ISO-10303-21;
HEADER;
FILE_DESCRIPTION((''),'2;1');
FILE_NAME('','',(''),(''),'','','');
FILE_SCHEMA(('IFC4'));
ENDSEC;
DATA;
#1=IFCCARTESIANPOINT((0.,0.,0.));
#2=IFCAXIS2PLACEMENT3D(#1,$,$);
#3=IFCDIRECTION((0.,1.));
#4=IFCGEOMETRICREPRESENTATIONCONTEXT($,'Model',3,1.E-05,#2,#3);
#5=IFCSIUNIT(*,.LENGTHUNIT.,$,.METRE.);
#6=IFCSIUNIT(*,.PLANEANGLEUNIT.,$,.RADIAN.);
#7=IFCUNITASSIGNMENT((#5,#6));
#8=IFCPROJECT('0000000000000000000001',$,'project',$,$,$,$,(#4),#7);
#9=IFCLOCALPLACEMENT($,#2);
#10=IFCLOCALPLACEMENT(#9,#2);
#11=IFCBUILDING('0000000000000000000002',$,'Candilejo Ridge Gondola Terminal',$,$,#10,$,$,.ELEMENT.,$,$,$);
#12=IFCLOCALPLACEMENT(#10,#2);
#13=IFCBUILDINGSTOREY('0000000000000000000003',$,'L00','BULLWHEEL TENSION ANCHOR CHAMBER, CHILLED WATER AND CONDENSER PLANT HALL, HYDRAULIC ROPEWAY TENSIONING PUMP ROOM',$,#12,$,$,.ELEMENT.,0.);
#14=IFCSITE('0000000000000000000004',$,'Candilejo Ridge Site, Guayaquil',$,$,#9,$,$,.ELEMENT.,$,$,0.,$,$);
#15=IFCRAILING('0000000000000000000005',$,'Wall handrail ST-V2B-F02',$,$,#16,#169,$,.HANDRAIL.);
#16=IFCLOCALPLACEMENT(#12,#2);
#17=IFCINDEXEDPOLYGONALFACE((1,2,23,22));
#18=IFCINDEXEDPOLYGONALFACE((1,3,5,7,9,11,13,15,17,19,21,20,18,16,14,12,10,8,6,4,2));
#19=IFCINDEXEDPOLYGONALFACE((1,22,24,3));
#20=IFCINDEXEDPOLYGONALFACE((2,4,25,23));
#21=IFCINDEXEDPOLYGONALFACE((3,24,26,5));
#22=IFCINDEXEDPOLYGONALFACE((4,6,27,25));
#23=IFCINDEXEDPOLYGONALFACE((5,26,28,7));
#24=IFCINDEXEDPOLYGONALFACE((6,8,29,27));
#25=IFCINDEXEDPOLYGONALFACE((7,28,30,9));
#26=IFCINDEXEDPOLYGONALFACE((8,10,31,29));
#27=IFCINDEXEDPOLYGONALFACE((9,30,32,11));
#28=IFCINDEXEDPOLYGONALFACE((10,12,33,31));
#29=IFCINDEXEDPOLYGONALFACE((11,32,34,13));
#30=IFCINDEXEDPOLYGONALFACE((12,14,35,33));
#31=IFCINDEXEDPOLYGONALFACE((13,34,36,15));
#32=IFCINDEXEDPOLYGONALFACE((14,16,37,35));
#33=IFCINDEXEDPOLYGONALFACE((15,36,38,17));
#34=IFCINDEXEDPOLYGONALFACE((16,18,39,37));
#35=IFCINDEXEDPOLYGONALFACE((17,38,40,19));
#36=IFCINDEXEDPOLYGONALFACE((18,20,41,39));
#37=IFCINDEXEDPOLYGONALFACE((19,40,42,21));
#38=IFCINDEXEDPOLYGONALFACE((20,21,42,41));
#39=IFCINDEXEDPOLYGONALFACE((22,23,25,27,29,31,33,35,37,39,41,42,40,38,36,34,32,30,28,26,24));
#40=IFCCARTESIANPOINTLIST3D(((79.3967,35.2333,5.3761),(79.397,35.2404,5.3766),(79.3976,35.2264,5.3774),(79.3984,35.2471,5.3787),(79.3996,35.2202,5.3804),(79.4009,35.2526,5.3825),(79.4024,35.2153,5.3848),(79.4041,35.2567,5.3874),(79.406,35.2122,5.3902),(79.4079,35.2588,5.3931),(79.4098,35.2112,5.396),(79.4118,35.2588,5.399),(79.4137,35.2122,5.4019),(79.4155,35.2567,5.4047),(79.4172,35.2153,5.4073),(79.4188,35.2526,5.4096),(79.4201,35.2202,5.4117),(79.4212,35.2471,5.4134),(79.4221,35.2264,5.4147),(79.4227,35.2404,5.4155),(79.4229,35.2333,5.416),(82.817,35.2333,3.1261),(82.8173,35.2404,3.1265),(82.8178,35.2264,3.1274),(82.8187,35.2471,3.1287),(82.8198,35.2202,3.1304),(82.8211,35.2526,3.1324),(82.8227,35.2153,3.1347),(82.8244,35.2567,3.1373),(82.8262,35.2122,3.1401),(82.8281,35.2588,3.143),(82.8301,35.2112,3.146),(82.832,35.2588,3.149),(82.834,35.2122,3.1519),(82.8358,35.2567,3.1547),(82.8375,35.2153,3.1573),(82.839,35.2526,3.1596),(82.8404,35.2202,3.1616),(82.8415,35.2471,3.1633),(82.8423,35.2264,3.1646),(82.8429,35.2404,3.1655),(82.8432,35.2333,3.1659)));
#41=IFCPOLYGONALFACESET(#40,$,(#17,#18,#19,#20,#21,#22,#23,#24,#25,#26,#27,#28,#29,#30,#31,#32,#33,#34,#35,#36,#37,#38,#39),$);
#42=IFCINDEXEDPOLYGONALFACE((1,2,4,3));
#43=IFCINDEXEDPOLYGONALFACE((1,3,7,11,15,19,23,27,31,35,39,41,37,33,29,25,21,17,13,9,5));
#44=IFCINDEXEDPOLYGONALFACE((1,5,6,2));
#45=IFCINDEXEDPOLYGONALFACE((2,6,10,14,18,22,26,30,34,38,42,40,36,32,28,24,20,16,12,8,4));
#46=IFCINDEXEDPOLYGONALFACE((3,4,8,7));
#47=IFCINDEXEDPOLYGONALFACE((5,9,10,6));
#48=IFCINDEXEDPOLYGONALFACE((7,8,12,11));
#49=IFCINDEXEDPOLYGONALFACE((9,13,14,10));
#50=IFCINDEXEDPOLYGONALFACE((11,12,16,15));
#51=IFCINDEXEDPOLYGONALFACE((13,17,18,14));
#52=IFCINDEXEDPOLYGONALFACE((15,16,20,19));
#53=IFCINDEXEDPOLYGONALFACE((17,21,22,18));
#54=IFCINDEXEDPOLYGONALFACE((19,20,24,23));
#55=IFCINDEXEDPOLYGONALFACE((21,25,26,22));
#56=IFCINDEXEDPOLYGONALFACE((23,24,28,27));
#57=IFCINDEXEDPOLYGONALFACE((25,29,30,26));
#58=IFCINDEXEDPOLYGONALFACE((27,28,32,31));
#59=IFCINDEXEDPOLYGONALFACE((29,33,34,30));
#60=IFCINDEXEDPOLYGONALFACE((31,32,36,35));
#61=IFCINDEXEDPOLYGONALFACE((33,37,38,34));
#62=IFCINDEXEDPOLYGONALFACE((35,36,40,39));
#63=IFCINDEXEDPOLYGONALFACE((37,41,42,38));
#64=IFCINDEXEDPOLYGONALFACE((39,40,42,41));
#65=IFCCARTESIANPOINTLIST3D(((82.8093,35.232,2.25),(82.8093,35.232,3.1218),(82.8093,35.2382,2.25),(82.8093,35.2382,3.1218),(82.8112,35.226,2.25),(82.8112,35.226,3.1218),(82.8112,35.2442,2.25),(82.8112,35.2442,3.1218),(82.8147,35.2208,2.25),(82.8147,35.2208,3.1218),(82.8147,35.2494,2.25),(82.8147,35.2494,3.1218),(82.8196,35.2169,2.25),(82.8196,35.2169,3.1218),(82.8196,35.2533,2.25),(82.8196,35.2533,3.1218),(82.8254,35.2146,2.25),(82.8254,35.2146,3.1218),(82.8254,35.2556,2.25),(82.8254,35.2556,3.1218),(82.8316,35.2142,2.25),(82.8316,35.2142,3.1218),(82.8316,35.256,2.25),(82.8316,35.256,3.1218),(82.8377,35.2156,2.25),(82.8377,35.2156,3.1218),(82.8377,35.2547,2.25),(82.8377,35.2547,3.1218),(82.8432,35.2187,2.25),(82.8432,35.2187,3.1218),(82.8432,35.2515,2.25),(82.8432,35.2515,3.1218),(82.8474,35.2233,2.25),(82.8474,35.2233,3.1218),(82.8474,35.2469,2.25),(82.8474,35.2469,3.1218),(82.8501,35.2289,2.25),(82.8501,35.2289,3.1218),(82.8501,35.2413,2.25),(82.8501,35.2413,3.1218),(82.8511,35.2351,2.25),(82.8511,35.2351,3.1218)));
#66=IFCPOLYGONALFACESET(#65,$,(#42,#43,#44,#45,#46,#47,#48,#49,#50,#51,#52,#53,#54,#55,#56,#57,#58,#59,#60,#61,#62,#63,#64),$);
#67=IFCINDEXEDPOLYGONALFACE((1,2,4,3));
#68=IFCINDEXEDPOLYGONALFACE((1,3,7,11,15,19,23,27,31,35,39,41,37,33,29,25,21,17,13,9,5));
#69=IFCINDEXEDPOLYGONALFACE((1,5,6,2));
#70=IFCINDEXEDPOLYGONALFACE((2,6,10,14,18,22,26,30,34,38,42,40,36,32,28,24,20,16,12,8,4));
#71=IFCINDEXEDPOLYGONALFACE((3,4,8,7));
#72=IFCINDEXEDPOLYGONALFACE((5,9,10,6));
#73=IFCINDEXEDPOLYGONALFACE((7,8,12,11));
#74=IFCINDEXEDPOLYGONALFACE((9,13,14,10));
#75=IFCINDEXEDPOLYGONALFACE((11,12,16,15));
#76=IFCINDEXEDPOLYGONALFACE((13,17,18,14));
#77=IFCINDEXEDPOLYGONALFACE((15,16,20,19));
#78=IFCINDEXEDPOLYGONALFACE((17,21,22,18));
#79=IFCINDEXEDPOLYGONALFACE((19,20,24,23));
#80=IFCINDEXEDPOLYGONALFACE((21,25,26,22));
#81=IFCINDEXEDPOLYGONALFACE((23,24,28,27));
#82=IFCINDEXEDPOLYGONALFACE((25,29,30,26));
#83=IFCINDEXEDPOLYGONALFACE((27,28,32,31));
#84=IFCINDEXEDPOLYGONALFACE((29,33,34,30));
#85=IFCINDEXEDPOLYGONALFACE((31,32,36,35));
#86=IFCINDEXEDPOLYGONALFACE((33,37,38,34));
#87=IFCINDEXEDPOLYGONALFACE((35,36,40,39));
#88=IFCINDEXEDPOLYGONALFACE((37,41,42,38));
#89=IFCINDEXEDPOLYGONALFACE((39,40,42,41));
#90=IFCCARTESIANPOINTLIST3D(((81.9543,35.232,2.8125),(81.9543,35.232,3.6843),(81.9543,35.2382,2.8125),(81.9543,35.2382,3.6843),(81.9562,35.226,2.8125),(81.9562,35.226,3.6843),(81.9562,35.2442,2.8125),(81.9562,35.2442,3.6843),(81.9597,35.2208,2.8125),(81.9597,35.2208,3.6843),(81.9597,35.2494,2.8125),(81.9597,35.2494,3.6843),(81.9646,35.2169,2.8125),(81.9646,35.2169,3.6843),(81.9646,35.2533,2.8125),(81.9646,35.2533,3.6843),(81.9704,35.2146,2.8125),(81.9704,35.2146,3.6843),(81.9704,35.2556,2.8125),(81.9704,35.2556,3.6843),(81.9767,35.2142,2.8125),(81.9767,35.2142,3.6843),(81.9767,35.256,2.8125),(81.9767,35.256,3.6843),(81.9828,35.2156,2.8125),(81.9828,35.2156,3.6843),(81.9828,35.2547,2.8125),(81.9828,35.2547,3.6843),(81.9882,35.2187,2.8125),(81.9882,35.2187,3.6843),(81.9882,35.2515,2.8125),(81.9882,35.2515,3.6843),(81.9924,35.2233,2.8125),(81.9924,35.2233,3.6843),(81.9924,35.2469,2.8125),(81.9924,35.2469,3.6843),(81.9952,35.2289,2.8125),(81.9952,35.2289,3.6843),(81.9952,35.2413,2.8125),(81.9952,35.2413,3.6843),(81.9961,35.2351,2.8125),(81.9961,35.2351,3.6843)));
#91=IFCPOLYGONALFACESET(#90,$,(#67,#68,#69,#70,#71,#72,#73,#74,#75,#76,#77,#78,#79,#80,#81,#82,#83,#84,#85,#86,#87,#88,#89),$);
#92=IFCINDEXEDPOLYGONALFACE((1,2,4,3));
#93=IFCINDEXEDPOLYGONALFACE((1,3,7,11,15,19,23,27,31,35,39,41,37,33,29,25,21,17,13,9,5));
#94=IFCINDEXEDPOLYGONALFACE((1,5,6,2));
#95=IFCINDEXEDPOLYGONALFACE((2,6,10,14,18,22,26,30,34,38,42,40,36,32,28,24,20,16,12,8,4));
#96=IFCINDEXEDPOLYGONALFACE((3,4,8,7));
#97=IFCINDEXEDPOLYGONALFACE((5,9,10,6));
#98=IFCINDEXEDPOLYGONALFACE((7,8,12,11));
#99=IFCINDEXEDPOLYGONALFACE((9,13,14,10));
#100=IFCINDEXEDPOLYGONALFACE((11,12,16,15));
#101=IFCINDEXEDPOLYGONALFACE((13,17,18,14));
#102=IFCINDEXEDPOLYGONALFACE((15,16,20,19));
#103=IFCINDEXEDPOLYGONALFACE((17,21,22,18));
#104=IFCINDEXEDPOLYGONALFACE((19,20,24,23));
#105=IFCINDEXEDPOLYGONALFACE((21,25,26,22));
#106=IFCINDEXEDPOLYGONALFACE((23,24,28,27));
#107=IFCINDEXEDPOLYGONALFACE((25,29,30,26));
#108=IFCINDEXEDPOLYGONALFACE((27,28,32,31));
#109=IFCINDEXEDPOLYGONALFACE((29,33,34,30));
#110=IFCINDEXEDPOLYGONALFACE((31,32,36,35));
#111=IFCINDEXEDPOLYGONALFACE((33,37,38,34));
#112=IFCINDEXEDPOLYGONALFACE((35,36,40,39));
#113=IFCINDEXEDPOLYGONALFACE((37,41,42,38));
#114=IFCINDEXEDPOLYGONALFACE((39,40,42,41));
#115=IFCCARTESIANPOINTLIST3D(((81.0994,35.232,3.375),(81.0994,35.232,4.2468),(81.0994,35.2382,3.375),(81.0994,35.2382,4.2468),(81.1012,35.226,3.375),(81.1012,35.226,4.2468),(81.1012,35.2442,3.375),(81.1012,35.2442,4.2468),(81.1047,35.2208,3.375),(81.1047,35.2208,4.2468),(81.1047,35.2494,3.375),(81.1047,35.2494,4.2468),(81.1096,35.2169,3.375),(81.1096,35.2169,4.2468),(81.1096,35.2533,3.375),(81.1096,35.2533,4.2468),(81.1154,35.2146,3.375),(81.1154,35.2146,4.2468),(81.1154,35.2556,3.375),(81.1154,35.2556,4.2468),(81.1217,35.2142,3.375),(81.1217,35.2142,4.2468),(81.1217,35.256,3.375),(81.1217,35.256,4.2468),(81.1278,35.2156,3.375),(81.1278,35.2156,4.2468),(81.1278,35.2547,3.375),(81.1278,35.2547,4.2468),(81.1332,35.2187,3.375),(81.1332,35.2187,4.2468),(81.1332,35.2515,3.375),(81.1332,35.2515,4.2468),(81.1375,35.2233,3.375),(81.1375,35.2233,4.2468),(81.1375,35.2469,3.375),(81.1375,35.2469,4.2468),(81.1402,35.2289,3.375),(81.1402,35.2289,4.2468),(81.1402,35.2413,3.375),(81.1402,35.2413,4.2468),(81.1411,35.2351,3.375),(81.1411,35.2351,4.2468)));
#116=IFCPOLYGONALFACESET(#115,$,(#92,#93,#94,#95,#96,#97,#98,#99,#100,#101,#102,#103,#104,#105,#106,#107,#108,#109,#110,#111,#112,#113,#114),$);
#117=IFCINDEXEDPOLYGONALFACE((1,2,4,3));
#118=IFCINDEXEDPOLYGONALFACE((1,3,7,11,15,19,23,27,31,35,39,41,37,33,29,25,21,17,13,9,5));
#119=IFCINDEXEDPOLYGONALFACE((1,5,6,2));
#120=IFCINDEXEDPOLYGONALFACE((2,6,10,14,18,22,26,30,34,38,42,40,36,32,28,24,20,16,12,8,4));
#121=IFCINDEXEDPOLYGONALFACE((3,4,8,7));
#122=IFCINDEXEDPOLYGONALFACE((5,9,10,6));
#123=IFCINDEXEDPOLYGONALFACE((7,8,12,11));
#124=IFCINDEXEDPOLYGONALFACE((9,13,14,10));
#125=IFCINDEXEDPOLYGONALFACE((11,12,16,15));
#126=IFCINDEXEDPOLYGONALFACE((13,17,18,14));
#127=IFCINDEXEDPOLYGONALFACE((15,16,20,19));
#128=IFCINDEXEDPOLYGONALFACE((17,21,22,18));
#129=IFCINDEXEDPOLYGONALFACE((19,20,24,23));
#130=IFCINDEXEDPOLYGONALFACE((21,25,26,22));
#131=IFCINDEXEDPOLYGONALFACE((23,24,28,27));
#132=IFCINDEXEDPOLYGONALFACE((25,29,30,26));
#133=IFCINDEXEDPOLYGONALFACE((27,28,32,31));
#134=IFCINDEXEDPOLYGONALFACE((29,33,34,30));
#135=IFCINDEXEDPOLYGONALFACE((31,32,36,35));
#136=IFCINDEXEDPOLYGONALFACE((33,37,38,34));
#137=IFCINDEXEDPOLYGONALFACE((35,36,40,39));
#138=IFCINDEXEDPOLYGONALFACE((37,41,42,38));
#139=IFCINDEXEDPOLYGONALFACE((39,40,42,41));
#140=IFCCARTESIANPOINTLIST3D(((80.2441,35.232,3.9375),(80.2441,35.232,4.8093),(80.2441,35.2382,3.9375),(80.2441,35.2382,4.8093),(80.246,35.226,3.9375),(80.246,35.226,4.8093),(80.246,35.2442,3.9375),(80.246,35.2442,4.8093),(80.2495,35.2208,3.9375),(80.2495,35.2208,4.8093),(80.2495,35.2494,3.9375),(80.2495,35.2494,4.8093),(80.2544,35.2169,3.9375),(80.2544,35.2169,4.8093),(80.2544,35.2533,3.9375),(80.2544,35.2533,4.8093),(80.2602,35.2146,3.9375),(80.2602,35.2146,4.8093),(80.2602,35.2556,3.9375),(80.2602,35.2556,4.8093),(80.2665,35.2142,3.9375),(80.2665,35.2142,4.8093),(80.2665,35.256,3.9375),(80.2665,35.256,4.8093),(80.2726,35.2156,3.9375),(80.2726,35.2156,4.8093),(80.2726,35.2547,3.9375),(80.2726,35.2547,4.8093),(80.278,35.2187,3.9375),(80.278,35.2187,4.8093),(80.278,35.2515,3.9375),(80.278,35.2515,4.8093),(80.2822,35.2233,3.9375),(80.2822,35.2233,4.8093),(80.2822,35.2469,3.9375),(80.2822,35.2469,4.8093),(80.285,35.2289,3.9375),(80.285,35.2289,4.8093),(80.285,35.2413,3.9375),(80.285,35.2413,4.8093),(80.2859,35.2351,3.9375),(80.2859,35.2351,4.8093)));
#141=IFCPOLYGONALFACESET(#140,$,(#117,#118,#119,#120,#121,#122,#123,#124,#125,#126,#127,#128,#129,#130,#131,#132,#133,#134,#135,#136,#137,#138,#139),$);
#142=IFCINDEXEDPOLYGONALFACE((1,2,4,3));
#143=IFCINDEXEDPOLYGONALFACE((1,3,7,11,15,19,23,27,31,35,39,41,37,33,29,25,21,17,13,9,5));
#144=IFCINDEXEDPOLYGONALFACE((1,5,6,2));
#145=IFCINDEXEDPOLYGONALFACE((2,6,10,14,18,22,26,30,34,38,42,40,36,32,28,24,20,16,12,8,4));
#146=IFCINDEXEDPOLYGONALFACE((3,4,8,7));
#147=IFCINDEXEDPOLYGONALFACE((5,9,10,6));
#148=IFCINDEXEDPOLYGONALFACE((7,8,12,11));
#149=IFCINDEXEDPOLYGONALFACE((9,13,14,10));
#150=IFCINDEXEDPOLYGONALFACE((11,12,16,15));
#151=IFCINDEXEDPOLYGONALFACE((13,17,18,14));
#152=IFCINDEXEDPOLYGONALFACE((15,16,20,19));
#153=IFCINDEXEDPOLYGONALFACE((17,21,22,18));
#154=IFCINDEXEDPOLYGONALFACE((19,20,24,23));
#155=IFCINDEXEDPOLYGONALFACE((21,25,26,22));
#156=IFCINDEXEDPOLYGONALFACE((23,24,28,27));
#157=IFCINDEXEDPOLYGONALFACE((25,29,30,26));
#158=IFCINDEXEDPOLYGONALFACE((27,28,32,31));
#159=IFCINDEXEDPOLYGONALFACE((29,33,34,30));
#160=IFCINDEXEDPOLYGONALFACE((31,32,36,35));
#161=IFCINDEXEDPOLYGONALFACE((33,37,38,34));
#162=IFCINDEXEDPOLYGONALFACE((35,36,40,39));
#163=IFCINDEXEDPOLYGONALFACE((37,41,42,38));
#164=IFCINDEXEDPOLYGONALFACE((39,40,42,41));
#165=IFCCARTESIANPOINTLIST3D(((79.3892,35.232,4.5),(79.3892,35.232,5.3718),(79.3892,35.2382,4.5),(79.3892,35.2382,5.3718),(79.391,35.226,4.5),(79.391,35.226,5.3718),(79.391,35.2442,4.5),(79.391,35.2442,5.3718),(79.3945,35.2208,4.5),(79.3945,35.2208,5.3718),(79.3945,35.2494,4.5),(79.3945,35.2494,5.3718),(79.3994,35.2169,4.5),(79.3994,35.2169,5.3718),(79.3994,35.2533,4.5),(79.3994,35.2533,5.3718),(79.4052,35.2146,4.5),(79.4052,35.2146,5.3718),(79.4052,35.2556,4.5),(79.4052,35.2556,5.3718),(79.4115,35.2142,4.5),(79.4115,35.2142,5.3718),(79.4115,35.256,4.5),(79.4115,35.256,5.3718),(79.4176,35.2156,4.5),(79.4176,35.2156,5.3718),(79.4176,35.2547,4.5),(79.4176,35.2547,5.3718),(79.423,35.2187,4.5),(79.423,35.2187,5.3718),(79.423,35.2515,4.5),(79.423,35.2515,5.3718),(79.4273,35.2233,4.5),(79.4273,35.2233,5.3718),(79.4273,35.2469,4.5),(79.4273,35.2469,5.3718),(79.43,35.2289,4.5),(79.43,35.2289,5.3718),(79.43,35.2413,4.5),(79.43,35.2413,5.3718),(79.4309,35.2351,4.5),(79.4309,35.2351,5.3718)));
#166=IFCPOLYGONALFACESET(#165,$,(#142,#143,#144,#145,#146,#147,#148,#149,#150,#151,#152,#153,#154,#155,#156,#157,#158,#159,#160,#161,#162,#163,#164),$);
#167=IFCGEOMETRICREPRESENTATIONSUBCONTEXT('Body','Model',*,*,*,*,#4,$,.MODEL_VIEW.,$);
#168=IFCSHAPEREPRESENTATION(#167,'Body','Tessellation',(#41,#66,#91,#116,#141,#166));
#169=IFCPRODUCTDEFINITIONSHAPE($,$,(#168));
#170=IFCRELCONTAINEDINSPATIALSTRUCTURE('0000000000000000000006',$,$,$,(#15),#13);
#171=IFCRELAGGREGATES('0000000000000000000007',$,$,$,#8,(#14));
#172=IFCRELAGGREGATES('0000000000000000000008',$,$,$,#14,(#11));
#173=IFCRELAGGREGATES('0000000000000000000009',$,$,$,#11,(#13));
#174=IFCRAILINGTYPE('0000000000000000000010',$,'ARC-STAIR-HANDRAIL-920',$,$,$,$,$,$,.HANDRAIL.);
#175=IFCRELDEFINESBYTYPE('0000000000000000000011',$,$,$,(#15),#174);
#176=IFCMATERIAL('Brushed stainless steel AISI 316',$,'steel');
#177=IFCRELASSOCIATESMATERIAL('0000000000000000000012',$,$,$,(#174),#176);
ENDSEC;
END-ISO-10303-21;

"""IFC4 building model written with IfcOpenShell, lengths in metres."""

from ifc_helpers import new_model, si_unit, direction, frame, origin, origin_2d, place, context, subcontext, project, spatial, circle, extrude, material, type_object, element, save


model = new_model("IFC4")

# Units and contexts
model_context = context("Model", 3, precision=1e-05, world=origin(), true_north=direction((0.0, 1.0)))
body_context = subcontext(model_context, "Body", "Model", "MODEL_VIEW")
ifc_project = project(units=[si_unit("LENGTHUNIT", "METRE"), si_unit("PLANEANGLEUNIT", "RADIAN")], contexts=[model_context])

# Site, building, storey
site_placement = place(None, origin())
site = spatial("IfcSite", under=ifc_project, at=site_placement, Name="Candilejo Ridge Site, Guayaquil", CompositionType="ELEMENT", RefElevation=0.0)
building_placement = place(site_placement, origin())
building = spatial("IfcBuilding", under=site, at=building_placement, Name="Candilejo Ridge Gondola Terminal", CompositionType="ELEMENT")
storey_placement = place(building_placement, origin())
storey = spatial("IfcBuildingStorey", under=building, at=storey_placement, Name="L00", Description="BULLWHEEL TENSION ANCHOR CHAMBER, CHILLED WATER AND CONDENSER PLANT HALL, HYDRAULIC ROPEWAY TENSIONING PUMP ROOM", CompositionType="ELEMENT", Elevation=0.0)

# Railing
ifc_material_1 = material(Name="Brushed stainless steel AISI 316", Category="steel")
railing_type_1 = type_object("IfcRailingType", Name="ARC-STAIR-HANDRAIL-920", PredefinedType="HANDRAIL", material=ifc_material_1)
railing_1_placement = place(storey_placement, frame((82.8301, 35.2351, 2.25)))
element("IfcRailing", 1, at=railing_1_placement, inside=storey, type_object=railing_type_1, Name="Wall handrail ST-V2B-F02", PredefinedType="HANDRAIL", context=body_context, shape_type="SweptSolid", body=[
    extrude(circle(Radius=0.0239, at=origin_2d()), frame((0.0, 0.0, 0.896), z_axis=(-0.835429, 0.0, 0.549598), x_axis=(0.0, -1.0, 0.0)), (0.0, 0.0, 1.0), 4.094),
    extrude(circle(Radius=0.021, at=origin_2d()), origin(), (0.0, 0.0, 1.0), 0.8718),
    extrude(circle(Radius=0.021, at=origin_2d()), frame((-0.855, 0.0, 0.5625)), (0.0, 0.0, 1.0), 0.8718),
    extrude(circle(Radius=0.021, at=origin_2d()), frame((-1.71, 0.0, 1.125)), (0.0, 0.0, 1.0), 0.8718),
    extrude(circle(Radius=0.021, at=origin_2d()), frame((-2.5652, 0.0, 1.6875)), (0.0, 0.0, 1.0), 0.8718),
    extrude(circle(Radius=0.021, at=origin_2d()), frame((-3.4202, 0.0, 2.25)), (0.0, 0.0, 1.0), 0.8718),
])

save(model, "model.ifc")
